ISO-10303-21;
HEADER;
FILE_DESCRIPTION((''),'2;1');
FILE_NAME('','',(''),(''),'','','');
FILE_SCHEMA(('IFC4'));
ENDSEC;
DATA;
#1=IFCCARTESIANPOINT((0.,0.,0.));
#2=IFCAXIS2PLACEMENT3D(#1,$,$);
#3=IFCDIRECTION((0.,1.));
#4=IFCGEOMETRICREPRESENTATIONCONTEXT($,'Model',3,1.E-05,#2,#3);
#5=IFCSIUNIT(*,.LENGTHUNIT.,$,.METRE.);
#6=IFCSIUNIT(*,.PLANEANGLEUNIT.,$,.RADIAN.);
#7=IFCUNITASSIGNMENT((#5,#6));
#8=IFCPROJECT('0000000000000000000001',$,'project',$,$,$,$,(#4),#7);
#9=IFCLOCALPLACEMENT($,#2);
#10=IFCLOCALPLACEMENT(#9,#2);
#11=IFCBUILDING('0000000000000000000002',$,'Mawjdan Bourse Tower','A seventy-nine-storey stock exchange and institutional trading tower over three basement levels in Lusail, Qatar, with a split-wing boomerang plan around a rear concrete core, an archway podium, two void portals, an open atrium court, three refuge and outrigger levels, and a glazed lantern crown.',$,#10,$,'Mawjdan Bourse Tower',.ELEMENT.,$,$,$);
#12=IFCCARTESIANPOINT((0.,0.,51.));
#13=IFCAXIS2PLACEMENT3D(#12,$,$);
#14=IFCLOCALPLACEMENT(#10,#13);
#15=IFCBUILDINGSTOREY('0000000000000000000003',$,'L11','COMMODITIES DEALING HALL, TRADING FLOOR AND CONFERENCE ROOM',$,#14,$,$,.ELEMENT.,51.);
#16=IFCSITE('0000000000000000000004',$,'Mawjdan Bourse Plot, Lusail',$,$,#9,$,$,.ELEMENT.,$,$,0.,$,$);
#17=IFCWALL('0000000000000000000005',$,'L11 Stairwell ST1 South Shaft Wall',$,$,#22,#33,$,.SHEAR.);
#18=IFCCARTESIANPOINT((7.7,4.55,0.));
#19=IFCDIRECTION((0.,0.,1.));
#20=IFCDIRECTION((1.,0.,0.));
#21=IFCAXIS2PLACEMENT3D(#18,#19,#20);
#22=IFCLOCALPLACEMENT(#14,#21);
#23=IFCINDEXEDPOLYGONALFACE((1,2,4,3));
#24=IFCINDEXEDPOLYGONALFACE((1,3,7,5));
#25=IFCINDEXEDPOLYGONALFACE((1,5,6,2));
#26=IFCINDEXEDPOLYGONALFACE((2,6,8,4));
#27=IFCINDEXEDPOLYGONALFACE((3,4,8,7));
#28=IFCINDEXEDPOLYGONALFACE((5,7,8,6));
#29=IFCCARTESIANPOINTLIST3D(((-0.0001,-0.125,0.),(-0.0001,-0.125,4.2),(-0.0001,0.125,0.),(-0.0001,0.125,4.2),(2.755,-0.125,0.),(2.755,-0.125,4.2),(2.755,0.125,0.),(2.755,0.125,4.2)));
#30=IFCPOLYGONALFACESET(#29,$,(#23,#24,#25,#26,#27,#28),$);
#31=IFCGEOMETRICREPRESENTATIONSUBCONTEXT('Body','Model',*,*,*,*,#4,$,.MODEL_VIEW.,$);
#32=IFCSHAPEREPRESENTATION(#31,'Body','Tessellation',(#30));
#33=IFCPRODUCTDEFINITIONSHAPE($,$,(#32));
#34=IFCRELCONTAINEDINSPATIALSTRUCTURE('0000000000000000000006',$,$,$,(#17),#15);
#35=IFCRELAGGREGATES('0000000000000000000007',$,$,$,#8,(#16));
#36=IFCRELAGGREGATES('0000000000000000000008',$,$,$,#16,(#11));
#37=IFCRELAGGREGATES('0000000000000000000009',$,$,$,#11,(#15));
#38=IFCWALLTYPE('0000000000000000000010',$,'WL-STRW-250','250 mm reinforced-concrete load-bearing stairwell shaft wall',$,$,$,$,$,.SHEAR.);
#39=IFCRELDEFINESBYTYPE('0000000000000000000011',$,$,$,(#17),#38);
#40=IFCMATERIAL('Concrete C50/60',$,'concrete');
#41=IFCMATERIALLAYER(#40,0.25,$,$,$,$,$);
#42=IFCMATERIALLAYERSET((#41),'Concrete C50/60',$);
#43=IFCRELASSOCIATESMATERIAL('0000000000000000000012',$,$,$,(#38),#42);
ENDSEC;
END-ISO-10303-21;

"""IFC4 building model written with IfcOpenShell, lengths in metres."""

from ifc_helpers import new_model, si_unit, direction, frame, frame_2d, origin, place, context, subcontext, project, spatial, rectangle, extrude, material, layer, layer_set, type_object, element, save


model = new_model("IFC4")

# Units and contexts
model_context = context("Model", 3, precision=1e-05, world=origin(), true_north=direction((0.0, 1.0)))
body_context = subcontext(model_context, "Body", "Model", "MODEL_VIEW")
ifc_project = project(units=[si_unit("LENGTHUNIT", "METRE"), si_unit("PLANEANGLEUNIT", "RADIAN")], contexts=[model_context])

# Site, building, storey
site_placement = place(None, origin())
site = spatial("IfcSite", under=ifc_project, at=site_placement, Name="Mawjdan Bourse Plot, Lusail", CompositionType="ELEMENT", RefElevation=0.0)
building_placement = place(site_placement, origin())
building = spatial("IfcBuilding", under=site, at=building_placement, Name="Mawjdan Bourse Tower", Description="A seventy-nine-storey stock exchange and institutional trading tower over three basement levels in Lusail, Qatar, with a split-wing boomerang plan around a rear concrete core, an archway podium, two void portals, an open atrium court, three refuge and outrigger levels, and a glazed lantern crown.", LongName="Mawjdan Bourse Tower", CompositionType="ELEMENT")
storey_placement = place(building_placement, frame((0.0, 0.0, 51.0)))
storey = spatial("IfcBuildingStorey", under=building, at=storey_placement, Name="L11", Description="COMMODITIES DEALING HALL, TRADING FLOOR AND CONFERENCE ROOM", CompositionType="ELEMENT", Elevation=51.0)

# Shared definitions
ifc_material_1 = material(Name="Concrete C50/60", Category="concrete")

# Wall
ifc_layer_1 = layer(ifc_material_1, 0.25)
ifc_layer_set_1 = layer_set([ifc_layer_1], Name="Concrete C50/60")
wall_type_1 = type_object("IfcWallType", Name="WL-STRW-250", Description="250 mm reinforced-concrete load-bearing stairwell shaft wall", PredefinedType="SHEAR", material=ifc_layer_set_1)
wall_1_placement = place(storey_placement, frame((7.7, 4.55, 0.0), z_axis=(0.0, 0.0, 1.0), x_axis=(1.0, 0.0, 0.0)))
element("IfcWall", 1, at=wall_1_placement, inside=storey, type_object=wall_type_1, Name="L11 Stairwell ST1 South Shaft Wall", PredefinedType="SHEAR", context=body_context, shape_type="SweptSolid", body=[
    extrude(rectangle(XDim=2.7551, YDim=0.25, at=frame_2d((1.3774, 0.0))), origin(), (0.0, 0.0, 1.0), 4.2),
])

save(model, "model.ifc")
